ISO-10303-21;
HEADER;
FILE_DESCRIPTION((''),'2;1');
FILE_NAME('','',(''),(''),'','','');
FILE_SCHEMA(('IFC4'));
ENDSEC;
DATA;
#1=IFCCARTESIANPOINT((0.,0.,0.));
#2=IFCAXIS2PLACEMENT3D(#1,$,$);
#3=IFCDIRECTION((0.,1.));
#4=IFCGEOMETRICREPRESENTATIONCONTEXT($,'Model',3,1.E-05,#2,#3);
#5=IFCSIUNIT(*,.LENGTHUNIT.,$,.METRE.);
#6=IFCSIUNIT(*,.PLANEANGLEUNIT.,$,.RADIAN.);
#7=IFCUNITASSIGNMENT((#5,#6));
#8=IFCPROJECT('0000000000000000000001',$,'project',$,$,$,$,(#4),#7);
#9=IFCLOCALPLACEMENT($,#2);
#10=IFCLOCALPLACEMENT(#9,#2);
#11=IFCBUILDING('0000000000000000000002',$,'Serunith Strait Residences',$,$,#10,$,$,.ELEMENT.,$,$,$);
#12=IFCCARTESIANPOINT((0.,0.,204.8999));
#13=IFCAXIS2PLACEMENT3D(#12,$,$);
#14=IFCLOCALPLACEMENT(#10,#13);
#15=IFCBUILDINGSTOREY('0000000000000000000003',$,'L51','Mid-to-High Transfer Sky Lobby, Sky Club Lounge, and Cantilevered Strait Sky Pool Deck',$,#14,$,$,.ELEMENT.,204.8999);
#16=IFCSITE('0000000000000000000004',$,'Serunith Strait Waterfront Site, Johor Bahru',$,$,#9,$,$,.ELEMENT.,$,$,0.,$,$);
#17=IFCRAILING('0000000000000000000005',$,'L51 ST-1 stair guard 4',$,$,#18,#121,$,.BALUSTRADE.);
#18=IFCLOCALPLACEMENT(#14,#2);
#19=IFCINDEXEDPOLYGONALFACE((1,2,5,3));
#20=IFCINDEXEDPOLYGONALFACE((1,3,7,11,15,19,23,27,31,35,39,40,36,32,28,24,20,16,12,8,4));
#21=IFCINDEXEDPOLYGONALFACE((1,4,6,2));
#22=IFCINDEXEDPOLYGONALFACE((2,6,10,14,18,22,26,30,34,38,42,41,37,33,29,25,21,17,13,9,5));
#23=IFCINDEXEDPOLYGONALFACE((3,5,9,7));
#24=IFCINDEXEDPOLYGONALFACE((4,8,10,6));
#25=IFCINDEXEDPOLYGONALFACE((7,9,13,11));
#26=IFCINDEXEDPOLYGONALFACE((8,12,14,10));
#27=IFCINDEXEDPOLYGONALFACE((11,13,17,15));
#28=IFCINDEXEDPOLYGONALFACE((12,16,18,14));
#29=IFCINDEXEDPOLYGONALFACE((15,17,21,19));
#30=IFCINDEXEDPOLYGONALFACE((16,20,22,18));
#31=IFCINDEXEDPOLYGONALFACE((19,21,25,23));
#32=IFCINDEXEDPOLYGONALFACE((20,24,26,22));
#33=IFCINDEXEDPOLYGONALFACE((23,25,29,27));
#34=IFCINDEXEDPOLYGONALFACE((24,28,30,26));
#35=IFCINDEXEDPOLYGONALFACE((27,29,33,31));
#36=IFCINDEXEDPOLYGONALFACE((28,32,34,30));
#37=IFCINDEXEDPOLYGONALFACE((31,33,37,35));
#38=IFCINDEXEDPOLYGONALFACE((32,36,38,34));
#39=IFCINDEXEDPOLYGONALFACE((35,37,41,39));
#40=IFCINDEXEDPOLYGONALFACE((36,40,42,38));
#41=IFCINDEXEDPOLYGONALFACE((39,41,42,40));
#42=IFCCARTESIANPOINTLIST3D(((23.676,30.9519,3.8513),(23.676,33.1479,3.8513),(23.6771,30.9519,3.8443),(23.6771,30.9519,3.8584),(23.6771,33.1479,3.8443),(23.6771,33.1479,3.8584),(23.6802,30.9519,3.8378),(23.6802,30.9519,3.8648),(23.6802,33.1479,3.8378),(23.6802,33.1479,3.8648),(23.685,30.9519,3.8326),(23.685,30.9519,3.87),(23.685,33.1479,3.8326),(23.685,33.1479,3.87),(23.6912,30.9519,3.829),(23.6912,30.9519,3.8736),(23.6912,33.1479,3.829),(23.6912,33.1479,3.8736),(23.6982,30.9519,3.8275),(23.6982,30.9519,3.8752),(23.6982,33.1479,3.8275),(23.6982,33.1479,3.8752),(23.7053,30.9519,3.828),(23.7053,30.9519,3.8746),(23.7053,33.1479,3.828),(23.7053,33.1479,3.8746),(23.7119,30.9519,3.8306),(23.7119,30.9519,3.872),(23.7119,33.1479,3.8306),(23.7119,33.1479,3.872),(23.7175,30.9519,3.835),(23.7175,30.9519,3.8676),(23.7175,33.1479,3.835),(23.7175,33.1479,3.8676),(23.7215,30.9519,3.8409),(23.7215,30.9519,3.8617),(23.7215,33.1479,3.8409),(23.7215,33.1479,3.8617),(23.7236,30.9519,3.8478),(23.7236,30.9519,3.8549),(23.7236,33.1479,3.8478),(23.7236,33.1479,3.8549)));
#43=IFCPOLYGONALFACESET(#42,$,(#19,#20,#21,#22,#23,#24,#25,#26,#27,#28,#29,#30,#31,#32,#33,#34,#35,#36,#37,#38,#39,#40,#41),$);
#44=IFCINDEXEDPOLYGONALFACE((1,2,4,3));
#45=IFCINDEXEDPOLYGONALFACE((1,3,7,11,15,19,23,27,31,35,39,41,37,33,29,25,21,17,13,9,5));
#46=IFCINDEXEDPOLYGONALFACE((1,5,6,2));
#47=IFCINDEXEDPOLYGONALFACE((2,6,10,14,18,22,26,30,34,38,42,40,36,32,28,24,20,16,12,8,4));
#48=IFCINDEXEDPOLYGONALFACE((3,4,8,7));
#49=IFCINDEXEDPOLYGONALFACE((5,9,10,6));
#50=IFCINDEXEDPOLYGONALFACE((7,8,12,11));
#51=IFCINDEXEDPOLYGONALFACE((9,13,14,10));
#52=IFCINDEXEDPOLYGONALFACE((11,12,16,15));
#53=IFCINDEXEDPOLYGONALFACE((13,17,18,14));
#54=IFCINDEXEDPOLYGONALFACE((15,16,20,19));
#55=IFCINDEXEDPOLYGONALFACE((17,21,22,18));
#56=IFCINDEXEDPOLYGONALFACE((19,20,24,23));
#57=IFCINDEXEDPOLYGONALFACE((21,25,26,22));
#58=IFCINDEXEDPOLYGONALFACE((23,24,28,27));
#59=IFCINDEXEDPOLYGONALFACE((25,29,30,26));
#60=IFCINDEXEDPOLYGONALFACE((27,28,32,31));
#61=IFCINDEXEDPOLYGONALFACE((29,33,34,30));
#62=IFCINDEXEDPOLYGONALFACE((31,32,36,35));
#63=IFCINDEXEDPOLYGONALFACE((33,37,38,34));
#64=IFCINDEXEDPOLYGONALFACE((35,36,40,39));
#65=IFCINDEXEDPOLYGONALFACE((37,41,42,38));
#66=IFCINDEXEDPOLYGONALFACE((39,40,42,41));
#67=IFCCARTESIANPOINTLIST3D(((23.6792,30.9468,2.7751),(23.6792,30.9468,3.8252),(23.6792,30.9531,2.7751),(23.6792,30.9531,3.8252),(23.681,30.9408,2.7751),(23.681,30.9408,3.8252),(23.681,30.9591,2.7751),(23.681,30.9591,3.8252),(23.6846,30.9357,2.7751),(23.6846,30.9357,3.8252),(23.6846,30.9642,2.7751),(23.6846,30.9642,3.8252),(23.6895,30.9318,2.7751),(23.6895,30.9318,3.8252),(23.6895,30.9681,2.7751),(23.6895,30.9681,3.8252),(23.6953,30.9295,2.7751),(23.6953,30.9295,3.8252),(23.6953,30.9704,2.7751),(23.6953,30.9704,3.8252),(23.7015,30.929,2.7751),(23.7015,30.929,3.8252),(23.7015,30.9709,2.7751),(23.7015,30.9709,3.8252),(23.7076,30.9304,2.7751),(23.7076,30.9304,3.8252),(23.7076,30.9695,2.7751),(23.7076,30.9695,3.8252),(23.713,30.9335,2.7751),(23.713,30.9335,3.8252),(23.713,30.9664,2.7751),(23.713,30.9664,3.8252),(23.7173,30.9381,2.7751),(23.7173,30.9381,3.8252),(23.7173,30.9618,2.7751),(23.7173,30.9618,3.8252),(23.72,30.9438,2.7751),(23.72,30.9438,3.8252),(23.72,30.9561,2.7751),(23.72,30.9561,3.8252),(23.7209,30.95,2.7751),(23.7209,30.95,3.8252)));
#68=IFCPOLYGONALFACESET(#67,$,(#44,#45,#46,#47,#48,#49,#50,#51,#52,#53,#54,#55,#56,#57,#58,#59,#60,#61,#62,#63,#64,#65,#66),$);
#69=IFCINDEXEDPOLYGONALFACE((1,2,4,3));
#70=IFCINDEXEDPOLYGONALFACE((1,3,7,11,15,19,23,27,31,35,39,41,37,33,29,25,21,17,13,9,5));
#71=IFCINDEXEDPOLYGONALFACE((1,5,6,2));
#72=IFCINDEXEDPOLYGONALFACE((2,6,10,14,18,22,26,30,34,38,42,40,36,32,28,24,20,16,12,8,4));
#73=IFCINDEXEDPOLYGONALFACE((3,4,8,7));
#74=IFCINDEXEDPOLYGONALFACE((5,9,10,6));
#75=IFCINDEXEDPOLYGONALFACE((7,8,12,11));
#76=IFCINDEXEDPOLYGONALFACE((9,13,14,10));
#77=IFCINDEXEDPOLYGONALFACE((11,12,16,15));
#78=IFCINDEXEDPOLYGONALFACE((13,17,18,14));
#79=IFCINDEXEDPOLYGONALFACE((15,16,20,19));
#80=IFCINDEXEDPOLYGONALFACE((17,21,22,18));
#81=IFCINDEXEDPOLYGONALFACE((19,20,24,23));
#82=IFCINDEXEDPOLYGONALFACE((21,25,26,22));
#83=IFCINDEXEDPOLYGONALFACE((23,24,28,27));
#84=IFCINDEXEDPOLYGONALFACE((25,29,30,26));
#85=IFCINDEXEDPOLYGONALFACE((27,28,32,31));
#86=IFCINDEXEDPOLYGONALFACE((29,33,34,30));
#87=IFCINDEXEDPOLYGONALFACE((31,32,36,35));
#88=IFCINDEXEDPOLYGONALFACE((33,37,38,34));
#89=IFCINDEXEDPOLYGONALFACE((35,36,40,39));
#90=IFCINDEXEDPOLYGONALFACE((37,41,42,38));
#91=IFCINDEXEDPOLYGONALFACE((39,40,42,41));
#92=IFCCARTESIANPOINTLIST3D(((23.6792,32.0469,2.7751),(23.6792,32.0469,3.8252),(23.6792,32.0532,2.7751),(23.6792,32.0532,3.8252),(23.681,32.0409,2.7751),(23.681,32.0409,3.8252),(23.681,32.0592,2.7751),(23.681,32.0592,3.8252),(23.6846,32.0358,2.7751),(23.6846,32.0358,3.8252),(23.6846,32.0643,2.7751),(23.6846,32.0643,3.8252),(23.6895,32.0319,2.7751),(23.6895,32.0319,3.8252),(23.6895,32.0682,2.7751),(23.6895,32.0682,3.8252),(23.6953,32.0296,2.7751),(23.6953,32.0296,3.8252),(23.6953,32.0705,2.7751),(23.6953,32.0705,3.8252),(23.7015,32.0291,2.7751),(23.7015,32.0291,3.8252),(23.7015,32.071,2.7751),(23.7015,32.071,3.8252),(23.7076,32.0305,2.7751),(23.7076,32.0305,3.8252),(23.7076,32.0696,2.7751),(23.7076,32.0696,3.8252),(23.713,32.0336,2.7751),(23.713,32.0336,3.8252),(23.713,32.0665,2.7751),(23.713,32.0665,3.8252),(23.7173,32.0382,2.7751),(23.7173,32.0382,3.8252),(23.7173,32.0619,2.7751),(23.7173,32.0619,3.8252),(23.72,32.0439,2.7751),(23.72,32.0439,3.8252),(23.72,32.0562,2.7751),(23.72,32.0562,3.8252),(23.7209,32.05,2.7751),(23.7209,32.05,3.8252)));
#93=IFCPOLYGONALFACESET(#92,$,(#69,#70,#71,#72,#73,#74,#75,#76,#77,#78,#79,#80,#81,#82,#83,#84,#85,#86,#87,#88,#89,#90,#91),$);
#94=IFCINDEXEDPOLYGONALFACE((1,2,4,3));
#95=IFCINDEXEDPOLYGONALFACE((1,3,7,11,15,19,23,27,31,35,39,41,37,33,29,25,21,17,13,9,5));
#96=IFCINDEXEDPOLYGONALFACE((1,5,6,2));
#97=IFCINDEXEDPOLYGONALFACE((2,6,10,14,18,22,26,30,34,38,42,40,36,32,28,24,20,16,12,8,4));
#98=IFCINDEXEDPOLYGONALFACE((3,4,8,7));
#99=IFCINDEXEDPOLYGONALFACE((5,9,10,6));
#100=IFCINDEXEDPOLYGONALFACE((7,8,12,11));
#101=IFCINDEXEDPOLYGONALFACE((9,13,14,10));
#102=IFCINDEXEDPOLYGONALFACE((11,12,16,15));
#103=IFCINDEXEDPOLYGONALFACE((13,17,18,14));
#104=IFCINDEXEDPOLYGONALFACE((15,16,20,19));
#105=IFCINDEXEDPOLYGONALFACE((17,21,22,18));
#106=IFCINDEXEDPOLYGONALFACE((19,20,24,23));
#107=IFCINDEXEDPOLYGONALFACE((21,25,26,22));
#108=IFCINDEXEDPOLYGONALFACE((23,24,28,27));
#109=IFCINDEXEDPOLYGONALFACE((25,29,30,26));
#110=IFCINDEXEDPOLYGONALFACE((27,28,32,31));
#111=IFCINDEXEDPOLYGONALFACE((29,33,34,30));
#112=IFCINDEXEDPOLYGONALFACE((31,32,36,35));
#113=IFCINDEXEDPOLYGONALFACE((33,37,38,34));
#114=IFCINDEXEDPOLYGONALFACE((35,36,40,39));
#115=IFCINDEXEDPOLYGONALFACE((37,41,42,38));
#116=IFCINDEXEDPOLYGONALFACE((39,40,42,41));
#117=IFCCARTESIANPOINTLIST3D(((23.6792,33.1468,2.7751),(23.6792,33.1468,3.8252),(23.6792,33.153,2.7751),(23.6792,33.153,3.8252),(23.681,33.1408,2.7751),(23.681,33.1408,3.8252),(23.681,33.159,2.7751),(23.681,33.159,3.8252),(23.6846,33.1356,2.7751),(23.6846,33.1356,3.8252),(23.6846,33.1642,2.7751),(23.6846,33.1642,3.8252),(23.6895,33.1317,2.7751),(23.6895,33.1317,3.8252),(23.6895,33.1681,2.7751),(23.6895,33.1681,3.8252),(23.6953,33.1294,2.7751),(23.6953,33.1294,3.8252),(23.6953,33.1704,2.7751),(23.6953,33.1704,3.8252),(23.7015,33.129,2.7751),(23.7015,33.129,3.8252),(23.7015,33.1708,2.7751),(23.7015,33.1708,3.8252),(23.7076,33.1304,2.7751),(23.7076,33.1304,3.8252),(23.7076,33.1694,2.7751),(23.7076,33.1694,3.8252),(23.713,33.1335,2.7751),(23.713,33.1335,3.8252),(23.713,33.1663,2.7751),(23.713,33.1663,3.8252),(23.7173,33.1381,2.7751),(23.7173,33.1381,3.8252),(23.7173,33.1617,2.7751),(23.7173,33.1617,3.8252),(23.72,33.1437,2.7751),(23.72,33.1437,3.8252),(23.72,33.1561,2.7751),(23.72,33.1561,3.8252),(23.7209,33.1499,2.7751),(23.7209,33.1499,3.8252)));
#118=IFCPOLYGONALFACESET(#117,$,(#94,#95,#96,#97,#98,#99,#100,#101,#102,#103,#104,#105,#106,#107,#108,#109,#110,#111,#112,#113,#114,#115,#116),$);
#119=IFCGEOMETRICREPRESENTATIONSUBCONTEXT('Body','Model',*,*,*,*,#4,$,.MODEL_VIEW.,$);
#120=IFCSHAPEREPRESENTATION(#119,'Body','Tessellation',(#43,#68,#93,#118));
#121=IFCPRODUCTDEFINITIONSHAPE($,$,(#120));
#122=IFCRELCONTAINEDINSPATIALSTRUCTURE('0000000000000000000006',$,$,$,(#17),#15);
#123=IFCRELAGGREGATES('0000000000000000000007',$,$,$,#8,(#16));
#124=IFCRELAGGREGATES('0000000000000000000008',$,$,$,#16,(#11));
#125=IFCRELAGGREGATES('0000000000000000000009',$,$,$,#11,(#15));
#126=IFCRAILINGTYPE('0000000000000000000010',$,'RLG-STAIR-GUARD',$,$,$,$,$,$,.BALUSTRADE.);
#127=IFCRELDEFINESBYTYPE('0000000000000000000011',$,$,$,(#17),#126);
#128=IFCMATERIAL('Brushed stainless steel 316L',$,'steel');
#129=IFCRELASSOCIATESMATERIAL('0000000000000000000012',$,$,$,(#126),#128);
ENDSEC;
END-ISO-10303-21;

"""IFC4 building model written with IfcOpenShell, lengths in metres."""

from ifc_helpers import new_model, si_unit, direction, frame, origin, origin_2d, place, context, subcontext, project, spatial, circle, extrude, material, type_object, element, save


model = new_model("IFC4")

# Units and contexts
model_context = context("Model", 3, precision=1e-05, world=origin(), true_north=direction((0.0, 1.0)))
body_context = subcontext(model_context, "Body", "Model", "MODEL_VIEW")
ifc_project = project(units=[si_unit("LENGTHUNIT", "METRE"), si_unit("PLANEANGLEUNIT", "RADIAN")], contexts=[model_context])

# Site, building, storey
site_placement = place(None, origin())
site = spatial("IfcSite", under=ifc_project, at=site_placement, Name="Serunith Strait Waterfront Site, Johor Bahru", CompositionType="ELEMENT", RefElevation=0.0)
building_placement = place(site_placement, origin())
building = spatial("IfcBuilding", under=site, at=building_placement, Name="Serunith Strait Residences", CompositionType="ELEMENT")
storey_placement = place(building_placement, frame((0.0, 0.0, 204.8999)))
storey = spatial("IfcBuildingStorey", under=building, at=storey_placement, Name="L51", Description="Mid-to-High Transfer Sky Lobby, Sky Club Lounge, and Cantilevered Strait Sky Pool Deck", CompositionType="ELEMENT", Elevation=204.8999)

# Railing
ifc_material_1 = material(Name="Brushed stainless steel 316L", Category="steel")
railing_type_1 = type_object("IfcRailingType", Name="RLG-STAIR-GUARD", PredefinedType="BALUSTRADE", material=ifc_material_1)
for number, where, name in (
    (1, (23.7, 30.95, 2.7751), "L51 ST-1 stair guard 4"),
):
    element("IfcRailing", number, at=place(storey_placement, frame(where)), inside=storey, type_object=railing_type_1, Name=name, PredefinedType="BALUSTRADE", context=body_context, shape_type="SweptSolid", body=[
        extrude(circle(Radius=0.0239, at=origin_2d()), frame((0.0, 0.002, 1.0762), z_axis=(0.0, 1.0, 0.0), x_axis=(-1.0, 0.0, 0.0)), (0.0, 0.0, 1.0), 2.196),
        extrude(circle(Radius=0.021, at=origin_2d()), origin(), (0.0, 0.0, 1.0), 1.05),
        extrude(circle(Radius=0.021, at=origin_2d()), frame((0.0, 1.1001, 0.0)), (0.0, 0.0, 1.0), 1.05),
        extrude(circle(Radius=0.021, at=origin_2d()), frame((0.0, 2.2, 0.0)), (0.0, 0.0, 1.0), 1.05),
    ])

save(model, "model.ifc")
